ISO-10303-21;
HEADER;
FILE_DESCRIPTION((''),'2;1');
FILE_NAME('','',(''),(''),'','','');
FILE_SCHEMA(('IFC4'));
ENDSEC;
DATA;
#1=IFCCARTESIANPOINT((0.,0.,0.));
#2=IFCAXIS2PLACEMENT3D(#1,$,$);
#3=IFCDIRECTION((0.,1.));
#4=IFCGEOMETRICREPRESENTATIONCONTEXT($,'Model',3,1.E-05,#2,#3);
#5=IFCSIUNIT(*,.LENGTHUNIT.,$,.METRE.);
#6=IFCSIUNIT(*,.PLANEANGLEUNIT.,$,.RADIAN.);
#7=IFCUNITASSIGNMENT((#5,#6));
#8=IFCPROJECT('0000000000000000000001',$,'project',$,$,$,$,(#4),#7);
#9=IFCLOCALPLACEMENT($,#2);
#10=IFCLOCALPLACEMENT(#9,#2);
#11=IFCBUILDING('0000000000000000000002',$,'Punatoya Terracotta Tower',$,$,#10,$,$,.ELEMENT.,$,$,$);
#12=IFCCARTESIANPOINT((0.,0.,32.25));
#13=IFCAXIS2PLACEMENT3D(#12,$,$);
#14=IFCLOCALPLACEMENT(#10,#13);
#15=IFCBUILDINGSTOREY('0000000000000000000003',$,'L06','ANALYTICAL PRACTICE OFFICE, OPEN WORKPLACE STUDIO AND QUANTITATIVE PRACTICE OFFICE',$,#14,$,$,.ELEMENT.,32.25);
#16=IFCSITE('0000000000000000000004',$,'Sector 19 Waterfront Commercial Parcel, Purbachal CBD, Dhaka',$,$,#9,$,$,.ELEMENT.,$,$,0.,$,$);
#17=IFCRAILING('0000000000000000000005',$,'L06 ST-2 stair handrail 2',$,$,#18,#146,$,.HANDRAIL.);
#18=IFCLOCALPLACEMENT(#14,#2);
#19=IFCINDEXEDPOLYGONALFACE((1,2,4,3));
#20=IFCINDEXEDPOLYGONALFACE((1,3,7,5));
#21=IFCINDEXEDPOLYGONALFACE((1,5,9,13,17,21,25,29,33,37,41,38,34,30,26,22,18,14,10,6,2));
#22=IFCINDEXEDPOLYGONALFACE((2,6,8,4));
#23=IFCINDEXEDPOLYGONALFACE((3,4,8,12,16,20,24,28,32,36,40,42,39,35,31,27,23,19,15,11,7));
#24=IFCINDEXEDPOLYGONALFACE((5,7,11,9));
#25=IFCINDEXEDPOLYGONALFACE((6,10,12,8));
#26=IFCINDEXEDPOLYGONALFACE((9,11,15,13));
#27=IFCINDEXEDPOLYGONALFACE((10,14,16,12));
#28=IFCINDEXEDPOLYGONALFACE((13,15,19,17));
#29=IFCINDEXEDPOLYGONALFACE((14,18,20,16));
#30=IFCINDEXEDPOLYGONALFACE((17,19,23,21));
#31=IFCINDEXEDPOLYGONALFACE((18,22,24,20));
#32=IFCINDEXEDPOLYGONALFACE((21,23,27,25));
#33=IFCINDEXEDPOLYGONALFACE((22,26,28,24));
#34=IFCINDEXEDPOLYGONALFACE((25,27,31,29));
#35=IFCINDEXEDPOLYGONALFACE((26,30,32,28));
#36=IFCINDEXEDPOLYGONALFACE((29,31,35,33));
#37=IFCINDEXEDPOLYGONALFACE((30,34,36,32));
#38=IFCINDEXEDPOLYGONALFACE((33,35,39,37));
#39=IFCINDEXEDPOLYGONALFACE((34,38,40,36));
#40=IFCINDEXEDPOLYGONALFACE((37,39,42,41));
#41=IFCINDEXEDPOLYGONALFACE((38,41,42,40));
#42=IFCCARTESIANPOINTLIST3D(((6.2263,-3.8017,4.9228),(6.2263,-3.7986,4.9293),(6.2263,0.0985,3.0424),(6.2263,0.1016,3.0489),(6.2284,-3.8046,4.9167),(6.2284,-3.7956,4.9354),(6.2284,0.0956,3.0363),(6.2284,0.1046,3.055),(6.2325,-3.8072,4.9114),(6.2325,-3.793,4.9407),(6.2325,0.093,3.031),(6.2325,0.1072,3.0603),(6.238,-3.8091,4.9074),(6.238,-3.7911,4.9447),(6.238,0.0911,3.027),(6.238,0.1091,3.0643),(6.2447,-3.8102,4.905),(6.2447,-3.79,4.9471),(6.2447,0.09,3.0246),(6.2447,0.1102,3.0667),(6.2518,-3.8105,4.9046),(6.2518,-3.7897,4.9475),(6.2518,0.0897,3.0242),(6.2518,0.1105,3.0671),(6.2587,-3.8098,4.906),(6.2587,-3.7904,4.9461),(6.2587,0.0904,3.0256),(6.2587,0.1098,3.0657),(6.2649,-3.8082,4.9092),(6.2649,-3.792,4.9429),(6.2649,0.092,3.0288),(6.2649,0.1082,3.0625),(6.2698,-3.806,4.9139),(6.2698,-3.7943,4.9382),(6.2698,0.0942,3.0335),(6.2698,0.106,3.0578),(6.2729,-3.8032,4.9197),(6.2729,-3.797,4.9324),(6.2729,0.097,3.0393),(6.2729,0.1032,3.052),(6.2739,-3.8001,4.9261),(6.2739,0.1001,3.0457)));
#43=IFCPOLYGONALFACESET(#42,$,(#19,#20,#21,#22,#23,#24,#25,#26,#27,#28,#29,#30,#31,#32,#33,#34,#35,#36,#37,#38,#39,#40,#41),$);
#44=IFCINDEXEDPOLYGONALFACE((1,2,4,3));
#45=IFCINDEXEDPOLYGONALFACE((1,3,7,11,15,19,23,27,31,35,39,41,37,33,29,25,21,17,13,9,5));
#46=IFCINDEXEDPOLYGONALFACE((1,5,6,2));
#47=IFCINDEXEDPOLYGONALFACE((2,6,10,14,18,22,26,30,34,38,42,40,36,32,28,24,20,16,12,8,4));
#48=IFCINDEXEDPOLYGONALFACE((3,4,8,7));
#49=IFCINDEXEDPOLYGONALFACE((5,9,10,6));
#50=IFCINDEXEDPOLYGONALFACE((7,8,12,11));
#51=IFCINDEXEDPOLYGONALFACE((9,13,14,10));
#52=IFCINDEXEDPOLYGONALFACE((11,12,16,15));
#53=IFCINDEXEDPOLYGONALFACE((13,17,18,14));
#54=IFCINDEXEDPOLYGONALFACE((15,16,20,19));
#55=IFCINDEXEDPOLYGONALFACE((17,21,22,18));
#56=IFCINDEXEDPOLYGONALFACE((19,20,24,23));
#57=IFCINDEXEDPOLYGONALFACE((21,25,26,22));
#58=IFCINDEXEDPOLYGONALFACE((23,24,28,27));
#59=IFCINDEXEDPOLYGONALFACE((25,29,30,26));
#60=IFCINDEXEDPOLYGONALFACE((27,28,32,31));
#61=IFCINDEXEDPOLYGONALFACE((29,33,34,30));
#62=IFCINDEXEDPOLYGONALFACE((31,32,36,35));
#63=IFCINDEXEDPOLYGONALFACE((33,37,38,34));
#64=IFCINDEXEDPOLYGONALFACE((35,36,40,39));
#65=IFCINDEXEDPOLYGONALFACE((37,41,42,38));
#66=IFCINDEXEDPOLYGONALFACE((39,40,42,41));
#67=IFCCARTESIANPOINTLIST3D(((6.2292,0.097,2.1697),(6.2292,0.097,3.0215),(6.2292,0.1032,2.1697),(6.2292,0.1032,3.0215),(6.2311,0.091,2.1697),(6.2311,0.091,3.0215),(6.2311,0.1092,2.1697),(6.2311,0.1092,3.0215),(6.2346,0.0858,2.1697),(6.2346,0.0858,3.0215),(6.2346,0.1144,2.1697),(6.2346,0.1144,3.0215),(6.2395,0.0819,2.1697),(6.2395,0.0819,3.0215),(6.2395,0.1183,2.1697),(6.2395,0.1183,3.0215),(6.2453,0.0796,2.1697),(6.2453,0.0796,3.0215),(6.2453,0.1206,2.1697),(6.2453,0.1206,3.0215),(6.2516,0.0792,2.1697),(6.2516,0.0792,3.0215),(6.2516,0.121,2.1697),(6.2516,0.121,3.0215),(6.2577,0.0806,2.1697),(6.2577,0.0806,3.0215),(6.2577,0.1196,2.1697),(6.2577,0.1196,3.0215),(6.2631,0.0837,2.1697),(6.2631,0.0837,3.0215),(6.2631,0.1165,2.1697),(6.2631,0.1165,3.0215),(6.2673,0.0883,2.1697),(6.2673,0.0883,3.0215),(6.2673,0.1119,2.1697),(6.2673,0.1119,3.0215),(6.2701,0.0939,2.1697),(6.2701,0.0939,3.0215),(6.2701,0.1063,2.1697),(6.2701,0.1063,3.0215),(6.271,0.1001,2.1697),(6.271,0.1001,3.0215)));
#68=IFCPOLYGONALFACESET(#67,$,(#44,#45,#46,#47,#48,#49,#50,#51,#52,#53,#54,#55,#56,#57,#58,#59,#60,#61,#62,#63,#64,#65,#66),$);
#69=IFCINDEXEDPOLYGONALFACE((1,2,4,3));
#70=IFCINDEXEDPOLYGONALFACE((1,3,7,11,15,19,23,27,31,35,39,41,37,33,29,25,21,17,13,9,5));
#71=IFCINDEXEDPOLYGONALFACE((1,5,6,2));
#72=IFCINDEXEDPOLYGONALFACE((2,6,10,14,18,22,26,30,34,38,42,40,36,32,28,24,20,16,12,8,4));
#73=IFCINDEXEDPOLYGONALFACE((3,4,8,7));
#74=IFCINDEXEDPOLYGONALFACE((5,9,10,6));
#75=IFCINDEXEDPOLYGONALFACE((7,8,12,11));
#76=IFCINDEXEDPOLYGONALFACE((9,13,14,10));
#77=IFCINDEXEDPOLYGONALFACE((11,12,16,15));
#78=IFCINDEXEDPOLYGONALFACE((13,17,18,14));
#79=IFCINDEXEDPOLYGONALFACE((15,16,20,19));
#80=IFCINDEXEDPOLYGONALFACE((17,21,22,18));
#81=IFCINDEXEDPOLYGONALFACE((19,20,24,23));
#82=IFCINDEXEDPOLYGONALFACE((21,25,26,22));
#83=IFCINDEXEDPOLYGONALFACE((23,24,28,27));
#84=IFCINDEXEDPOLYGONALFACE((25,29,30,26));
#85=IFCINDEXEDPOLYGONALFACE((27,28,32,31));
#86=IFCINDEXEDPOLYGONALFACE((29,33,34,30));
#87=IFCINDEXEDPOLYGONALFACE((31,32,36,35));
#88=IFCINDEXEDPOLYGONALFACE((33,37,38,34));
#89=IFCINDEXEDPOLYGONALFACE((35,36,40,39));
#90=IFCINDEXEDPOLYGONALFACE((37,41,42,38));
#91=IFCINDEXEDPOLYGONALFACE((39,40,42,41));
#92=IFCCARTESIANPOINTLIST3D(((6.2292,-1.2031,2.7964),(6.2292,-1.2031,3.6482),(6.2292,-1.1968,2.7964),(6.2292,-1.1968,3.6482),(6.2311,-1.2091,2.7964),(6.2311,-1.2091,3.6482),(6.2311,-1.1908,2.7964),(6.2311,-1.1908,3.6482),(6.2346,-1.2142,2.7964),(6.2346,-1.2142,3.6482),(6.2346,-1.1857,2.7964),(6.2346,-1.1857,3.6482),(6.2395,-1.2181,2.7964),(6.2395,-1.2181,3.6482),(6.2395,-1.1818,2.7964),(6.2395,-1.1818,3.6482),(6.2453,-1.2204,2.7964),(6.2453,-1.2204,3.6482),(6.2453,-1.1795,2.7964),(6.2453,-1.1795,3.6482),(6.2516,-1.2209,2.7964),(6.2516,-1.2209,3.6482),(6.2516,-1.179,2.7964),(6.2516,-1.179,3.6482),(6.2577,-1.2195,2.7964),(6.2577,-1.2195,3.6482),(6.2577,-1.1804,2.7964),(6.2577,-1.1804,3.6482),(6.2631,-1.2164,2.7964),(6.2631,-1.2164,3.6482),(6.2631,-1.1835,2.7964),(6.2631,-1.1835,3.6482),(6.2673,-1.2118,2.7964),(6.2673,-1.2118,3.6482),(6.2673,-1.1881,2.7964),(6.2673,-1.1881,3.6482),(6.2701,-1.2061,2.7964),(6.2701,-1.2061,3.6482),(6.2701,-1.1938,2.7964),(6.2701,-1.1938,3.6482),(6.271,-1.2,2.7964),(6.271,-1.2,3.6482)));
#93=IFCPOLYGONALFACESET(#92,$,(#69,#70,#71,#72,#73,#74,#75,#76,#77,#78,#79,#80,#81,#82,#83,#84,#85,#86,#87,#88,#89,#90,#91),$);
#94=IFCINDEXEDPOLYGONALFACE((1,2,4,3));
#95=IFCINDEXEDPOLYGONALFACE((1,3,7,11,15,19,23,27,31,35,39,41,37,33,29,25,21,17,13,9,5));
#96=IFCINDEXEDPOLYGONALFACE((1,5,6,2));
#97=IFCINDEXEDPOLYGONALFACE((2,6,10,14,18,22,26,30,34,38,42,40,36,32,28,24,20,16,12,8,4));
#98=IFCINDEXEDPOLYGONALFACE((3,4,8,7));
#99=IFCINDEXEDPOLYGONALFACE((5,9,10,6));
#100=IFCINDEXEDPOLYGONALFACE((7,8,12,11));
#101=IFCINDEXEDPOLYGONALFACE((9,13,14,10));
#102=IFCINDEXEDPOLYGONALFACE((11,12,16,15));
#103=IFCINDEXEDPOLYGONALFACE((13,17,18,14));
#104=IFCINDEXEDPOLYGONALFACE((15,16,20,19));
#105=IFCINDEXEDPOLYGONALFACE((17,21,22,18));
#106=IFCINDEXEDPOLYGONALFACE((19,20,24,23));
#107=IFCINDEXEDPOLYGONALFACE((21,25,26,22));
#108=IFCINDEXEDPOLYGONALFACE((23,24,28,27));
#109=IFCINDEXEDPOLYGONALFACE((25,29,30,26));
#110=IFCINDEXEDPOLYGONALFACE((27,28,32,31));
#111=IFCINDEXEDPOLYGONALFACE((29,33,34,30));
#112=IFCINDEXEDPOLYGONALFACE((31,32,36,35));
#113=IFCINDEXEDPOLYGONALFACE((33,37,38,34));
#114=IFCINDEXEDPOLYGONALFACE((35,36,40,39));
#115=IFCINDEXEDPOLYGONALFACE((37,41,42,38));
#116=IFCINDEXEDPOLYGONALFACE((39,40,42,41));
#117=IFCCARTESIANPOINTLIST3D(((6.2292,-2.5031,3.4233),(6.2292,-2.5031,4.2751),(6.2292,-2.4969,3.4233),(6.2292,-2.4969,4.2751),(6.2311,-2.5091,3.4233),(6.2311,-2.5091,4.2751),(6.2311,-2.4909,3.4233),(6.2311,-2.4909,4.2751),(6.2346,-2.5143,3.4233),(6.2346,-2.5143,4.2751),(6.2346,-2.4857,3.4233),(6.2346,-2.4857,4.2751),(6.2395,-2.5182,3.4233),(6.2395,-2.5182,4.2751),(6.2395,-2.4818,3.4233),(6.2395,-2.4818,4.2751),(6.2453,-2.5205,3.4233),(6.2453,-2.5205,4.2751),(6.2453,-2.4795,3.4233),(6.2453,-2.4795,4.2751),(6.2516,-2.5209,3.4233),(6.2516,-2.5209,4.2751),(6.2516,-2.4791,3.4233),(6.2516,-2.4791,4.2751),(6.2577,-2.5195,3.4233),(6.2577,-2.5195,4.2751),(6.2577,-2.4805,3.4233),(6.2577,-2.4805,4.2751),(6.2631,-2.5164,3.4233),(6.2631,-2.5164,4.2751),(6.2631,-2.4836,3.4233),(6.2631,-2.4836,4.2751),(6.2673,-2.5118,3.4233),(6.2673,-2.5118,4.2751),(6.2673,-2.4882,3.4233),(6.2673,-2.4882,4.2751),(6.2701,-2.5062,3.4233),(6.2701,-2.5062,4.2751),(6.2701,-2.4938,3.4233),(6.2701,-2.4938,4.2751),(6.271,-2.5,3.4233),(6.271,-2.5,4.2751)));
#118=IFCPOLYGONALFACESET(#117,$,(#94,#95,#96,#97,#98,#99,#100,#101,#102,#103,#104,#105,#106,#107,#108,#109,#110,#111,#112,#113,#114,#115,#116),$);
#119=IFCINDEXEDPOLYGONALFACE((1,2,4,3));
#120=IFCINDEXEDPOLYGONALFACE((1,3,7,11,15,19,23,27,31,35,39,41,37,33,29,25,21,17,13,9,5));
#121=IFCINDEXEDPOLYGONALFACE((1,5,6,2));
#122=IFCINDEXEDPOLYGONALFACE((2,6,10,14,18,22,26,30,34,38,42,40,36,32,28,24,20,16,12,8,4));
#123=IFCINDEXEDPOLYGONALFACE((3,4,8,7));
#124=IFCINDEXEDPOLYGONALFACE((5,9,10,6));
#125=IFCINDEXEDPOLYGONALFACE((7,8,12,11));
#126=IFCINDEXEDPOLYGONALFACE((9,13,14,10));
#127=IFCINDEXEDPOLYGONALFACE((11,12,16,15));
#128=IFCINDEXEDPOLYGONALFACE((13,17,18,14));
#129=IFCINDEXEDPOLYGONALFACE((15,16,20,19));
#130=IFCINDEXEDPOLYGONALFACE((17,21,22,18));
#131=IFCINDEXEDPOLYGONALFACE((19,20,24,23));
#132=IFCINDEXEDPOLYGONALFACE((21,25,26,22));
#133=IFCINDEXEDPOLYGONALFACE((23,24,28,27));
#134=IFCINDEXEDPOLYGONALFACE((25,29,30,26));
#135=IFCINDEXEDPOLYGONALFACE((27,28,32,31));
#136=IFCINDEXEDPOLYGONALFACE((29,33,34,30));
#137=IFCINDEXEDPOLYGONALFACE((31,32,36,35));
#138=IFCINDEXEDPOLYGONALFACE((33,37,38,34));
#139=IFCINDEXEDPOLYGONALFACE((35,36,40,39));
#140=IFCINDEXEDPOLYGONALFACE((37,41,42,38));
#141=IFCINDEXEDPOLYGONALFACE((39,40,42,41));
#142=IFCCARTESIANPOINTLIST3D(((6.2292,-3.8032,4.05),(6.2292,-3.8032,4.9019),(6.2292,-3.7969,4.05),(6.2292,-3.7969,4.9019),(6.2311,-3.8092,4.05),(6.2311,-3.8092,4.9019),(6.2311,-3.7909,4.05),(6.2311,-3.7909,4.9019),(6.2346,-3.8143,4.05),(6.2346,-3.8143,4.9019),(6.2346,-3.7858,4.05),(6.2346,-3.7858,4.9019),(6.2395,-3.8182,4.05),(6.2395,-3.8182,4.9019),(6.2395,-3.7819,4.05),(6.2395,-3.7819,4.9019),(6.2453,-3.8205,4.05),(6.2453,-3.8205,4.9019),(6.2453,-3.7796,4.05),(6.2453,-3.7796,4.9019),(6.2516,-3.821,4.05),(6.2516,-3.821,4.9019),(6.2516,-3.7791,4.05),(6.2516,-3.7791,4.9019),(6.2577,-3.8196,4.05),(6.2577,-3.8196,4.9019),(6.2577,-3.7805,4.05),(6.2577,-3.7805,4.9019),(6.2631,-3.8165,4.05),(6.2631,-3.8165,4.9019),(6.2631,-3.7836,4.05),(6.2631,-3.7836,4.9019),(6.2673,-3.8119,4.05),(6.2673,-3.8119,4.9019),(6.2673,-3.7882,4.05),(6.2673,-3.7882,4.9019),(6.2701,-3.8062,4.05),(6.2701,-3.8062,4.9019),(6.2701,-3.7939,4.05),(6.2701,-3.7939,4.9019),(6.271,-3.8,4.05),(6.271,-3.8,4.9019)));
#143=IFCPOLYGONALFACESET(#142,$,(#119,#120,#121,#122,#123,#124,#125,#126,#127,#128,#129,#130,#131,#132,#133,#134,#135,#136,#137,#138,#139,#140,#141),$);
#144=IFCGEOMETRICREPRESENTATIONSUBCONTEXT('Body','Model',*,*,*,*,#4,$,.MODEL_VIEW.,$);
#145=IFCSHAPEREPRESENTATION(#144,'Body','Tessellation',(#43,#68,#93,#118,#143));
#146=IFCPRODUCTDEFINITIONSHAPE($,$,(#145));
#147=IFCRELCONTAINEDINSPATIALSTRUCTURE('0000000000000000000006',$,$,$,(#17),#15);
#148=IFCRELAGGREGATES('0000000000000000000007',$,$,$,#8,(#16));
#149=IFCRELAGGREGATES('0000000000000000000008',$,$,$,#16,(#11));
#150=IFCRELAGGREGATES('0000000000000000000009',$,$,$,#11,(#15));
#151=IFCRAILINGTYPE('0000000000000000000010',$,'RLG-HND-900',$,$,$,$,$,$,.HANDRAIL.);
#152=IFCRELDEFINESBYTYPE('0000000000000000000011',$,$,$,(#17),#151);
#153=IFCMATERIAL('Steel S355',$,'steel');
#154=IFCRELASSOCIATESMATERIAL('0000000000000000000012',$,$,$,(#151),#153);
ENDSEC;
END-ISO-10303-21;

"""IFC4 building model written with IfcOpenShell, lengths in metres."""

from ifc_helpers import new_model, si_unit, direction, frame, origin, origin_2d, place, context, subcontext, project, spatial, circle, extrude, material, type_object, element, save


model = new_model("IFC4")

# Units and contexts
model_context = context("Model", 3, precision=1e-05, world=origin(), true_north=direction((0.0, 1.0)))
body_context = subcontext(model_context, "Body", "Model", "MODEL_VIEW")
ifc_project = project(units=[si_unit("LENGTHUNIT", "METRE"), si_unit("PLANEANGLEUNIT", "RADIAN")], contexts=[model_context])

# Site, building, storey
site_placement = place(None, origin())
site = spatial("IfcSite", under=ifc_project, at=site_placement, Name="Sector 19 Waterfront Commercial Parcel, Purbachal CBD, Dhaka", CompositionType="ELEMENT", RefElevation=0.0)
building_placement = place(site_placement, origin())
building = spatial("IfcBuilding", under=site, at=building_placement, Name="Punatoya Terracotta Tower", CompositionType="ELEMENT")
storey_placement = place(building_placement, frame((0.0, 0.0, 32.25)))
storey = spatial("IfcBuildingStorey", under=building, at=storey_placement, Name="L06", Description="ANALYTICAL PRACTICE OFFICE, OPEN WORKPLACE STUDIO AND QUANTITATIVE PRACTICE OFFICE", CompositionType="ELEMENT", Elevation=32.25)

# Shared definitions
ifc_material_1 = material(Name="Steel S355", Category="steel")

# Railing
railing_type_1 = type_object("IfcRailingType", Name="RLG-HND-900", PredefinedType="HANDRAIL", material=ifc_material_1)
railing_1_placement = place(storey_placement, frame((6.25, 0.1001, 2.1697)))
element("IfcRailing", 1, at=railing_1_placement, inside=storey, type_object=railing_type_1, Name="L06 ST-2 stair handrail 2", PredefinedType="HANDRAIL", context=body_context, shape_type="SweptSolid", body=[
    extrude(circle(Radius=0.0239, at=origin_2d()), frame((0.0, 0.0, 0.876), z_axis=(0.0, -0.900774, 0.434289), x_axis=(1.0, 0.0, 0.0)), (0.0, 0.0, 1.0), 4.3298),
    extrude(circle(Radius=0.021, at=origin_2d()), origin(), (0.0, 0.0, 1.0), 0.8518),
    extrude(circle(Radius=0.021, at=origin_2d()), frame((0.0, -1.3, 0.6267)), (0.0, 0.0, 1.0), 0.8518),
    extrude(circle(Radius=0.021, at=origin_2d()), frame((0.0, -2.6001, 1.2537)), (0.0, 0.0, 1.0), 0.8518),
    extrude(circle(Radius=0.021, at=origin_2d()), frame((0.0, -3.9001, 1.8804)), (0.0, 0.0, 1.0), 0.8518),
])

save(model, "model.ifc")
